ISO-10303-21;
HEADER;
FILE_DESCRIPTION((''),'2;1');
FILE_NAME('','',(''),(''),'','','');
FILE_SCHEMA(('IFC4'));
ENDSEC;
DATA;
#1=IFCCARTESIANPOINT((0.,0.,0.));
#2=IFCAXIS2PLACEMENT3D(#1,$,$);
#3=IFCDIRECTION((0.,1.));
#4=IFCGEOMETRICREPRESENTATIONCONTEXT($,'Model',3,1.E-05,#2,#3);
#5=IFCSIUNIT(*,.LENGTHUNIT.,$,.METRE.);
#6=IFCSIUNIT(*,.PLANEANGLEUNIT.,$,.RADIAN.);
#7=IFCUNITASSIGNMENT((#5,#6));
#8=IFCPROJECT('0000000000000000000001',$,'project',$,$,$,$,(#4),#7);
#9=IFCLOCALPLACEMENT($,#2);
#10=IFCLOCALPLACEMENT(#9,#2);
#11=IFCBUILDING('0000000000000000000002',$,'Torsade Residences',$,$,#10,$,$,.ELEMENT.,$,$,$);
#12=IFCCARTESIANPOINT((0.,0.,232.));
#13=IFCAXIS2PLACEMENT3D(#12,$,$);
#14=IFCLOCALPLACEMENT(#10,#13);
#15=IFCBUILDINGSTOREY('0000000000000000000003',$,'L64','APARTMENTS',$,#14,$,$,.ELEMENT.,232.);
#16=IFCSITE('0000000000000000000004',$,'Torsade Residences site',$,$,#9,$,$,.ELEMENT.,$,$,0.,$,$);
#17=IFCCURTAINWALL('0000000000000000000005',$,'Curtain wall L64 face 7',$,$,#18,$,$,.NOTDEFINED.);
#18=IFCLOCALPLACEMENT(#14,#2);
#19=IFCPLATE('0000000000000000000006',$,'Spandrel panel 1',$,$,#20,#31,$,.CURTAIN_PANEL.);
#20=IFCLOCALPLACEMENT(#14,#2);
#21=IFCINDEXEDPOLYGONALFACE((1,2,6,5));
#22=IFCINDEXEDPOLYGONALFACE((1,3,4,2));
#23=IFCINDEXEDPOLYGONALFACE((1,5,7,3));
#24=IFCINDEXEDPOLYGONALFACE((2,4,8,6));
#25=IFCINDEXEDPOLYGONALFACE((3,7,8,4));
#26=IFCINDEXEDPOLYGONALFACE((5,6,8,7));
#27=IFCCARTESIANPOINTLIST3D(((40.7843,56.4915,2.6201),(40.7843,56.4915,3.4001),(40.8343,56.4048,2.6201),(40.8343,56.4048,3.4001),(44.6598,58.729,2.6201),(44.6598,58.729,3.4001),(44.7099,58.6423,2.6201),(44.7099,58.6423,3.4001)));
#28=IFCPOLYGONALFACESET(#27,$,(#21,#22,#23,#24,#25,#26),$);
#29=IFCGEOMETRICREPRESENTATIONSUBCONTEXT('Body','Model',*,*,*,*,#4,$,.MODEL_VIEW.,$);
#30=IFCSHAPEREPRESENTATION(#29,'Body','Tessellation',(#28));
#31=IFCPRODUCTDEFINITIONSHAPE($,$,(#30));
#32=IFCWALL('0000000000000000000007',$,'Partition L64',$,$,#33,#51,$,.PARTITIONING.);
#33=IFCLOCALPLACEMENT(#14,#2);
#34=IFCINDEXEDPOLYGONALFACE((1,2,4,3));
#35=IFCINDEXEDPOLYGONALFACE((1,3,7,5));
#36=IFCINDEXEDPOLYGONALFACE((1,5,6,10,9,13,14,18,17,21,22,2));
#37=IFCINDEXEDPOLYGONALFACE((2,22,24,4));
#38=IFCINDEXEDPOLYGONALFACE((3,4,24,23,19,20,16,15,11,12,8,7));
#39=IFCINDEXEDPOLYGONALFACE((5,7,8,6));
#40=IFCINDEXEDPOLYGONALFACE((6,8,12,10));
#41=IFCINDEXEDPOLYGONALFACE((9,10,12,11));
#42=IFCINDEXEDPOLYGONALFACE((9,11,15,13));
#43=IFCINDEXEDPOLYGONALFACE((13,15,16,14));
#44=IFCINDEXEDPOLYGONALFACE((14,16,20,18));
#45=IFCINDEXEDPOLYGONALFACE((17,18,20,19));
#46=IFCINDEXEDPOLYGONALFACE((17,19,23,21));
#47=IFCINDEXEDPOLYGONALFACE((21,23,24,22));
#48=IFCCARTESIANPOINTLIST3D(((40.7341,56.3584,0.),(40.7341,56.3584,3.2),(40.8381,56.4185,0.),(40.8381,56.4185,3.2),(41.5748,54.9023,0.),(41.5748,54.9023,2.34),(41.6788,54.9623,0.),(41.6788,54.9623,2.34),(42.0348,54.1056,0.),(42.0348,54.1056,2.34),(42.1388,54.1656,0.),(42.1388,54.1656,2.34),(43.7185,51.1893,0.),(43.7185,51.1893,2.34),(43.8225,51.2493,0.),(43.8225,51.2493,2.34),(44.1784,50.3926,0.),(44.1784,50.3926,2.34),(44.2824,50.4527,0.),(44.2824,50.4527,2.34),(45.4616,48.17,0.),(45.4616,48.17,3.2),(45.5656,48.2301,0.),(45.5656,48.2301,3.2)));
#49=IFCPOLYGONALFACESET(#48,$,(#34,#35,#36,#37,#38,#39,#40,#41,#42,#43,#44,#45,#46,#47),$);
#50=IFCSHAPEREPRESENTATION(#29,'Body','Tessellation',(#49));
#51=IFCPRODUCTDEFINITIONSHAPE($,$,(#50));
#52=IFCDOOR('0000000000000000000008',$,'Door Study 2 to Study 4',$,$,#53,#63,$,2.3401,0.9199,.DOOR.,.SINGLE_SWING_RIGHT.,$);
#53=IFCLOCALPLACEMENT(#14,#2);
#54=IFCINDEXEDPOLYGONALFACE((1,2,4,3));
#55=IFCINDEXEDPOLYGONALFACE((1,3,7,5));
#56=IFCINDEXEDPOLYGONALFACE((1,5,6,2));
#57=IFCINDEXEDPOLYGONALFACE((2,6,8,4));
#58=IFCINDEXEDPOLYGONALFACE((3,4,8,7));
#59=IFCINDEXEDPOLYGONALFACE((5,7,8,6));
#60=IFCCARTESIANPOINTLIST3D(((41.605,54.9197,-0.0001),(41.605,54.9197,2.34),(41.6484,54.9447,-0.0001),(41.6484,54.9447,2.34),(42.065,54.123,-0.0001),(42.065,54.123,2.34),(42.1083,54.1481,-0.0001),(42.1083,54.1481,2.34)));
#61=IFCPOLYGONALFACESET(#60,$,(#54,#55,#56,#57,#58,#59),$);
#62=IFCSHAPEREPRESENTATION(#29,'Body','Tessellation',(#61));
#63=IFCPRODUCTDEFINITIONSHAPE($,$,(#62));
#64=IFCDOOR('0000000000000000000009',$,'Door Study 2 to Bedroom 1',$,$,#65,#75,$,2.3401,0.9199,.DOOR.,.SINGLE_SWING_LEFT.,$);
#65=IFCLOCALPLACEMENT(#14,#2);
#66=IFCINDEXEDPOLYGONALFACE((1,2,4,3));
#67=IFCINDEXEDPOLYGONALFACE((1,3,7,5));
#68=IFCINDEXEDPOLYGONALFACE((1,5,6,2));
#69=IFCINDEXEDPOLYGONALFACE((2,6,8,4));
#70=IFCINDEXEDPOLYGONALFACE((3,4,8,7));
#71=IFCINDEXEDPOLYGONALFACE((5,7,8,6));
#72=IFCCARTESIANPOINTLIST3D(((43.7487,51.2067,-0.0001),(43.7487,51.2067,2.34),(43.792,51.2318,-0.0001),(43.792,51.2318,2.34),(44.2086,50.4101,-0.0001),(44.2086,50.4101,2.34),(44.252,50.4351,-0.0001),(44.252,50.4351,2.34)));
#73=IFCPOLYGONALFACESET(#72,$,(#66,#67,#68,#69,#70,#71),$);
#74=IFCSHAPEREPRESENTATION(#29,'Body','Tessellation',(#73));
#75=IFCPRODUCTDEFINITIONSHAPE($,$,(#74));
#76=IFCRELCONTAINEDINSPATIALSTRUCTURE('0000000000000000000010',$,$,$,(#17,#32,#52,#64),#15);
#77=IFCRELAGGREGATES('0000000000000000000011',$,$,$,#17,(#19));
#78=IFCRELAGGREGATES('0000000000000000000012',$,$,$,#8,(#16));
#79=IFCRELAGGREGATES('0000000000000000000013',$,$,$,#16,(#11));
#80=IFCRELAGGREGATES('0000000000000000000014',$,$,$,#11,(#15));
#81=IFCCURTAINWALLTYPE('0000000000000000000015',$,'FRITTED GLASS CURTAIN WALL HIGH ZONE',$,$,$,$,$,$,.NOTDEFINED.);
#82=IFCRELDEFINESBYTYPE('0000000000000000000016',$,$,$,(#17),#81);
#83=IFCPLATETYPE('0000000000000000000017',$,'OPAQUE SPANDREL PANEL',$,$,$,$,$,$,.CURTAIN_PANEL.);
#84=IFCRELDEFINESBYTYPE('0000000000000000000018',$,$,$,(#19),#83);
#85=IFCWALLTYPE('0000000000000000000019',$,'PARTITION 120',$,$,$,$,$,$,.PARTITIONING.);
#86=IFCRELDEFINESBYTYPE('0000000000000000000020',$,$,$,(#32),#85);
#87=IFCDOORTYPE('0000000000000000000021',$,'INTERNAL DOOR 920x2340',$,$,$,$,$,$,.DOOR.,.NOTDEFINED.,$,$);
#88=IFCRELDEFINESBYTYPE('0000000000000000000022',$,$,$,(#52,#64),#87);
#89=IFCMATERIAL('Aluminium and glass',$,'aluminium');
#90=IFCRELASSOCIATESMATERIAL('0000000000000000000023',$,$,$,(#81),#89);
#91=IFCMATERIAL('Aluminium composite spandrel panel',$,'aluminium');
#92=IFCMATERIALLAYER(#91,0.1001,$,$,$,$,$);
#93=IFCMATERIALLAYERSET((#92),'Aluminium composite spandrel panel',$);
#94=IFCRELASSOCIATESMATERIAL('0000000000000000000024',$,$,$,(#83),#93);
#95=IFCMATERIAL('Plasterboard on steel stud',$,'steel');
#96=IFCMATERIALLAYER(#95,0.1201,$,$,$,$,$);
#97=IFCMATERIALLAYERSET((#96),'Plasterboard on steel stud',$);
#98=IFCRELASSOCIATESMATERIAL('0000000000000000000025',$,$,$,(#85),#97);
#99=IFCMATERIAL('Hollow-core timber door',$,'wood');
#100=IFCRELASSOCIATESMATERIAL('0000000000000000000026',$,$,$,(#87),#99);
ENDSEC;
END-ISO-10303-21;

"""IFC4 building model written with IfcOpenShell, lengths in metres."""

from ifc_helpers import new_model, si_unit, direction, frame, frame_2d, origin, origin_2d, place, context, subcontext, project, spatial, rectangle, extrude, material, layer, layer_set, type_object, element, fill, aggregate, save


model = new_model("IFC4")

# Units and contexts
model_context = context("Model", 3, precision=1e-05, world=origin(), true_north=direction((0.0, 1.0)))
body_context = subcontext(model_context, "Body", "Model", "MODEL_VIEW")
ifc_project = project(units=[si_unit("LENGTHUNIT", "METRE"), si_unit("PLANEANGLEUNIT", "RADIAN")], contexts=[model_context])

# Site, building, storey
site_placement = place(None, origin())
site = spatial("IfcSite", under=ifc_project, at=site_placement, Name="Torsade Residences site", CompositionType="ELEMENT", RefElevation=0.0)
building_placement = place(site_placement, origin())
building = spatial("IfcBuilding", under=site, at=building_placement, Name="Torsade Residences", CompositionType="ELEMENT")
storey_placement = place(building_placement, frame((0.0, 0.0, 232.0)))
storey = spatial("IfcBuildingStorey", under=building, at=storey_placement, Name="L64", Description="APARTMENTS", CompositionType="ELEMENT", Elevation=232.0)

# Curtain wall
ifc_material_1 = material(Name="Aluminium and glass", Category="aluminium")
curtain_wall_type = type_object("IfcCurtainWallType", Name="FRITTED GLASS CURTAIN WALL HIGH ZONE", PredefinedType="NOTDEFINED", material=ifc_material_1)
curtain_wall_placement = place(storey_placement, origin())
curtain_wall = element("IfcCurtainWall", 1, at=curtain_wall_placement, inside=storey, type_object=curtain_wall_type, Name="Curtain wall L64 face 7", PredefinedType="NOTDEFINED")

# Plate
ifc_material_2 = material(Name="Aluminium composite spandrel panel", Category="aluminium")
ifc_layer_1 = layer(ifc_material_2, 0.1001)
ifc_layer_set_1 = layer_set([ifc_layer_1], Name="Aluminium composite spandrel panel")
plate_type_1 = type_object("IfcPlateType", Name="OPAQUE SPANDREL PANEL", PredefinedType="CURTAIN_PANEL", material=ifc_layer_set_1)
plate_1_placement = place(storey_placement, frame((42.7471, 57.5669, 2.6201), z_axis=(0.0, 0.0, 1.0), x_axis=(-0.866025, -0.5, 0.0)))
plate_1 = element("IfcPlate", 2, at=plate_1_placement, type_object=plate_type_1, Name="Spandrel panel 1", PredefinedType="CURTAIN_PANEL", context=body_context, shape_type="SweptSolid", body=[
    extrude(rectangle(XDim=4.4751, YDim=0.1001, at=origin_2d()), origin(), (0.0, 0.0, 1.0), 0.78),
])
aggregate(curtain_wall, [plate_1])

# Wall, openings, doors
ifc_material_3 = material(Name="Plasterboard on steel stud", Category="steel")
ifc_layer_2 = layer(ifc_material_3, 0.1201)
ifc_layer_set_2 = layer_set([ifc_layer_2], Name="Plasterboard on steel stud")
wall_type = type_object("IfcWallType", Name="PARTITION 120", PredefinedType="PARTITIONING", material=ifc_layer_set_2)
wall_placement = place(storey_placement, frame((40.7861, 56.3884, 0.0), z_axis=(0.0, 0.0, 1.0), x_axis=(0.499994, -0.866029, 0.0)))
wall = element("IfcWall", 3, at=wall_placement, inside=storey, type_object=wall_type, Name="Partition L64", PredefinedType="PARTITIONING", context=body_context, shape_type="SweptSolid", body=[
    extrude(rectangle(XDim=9.4551, YDim=0.1201, at=frame_2d((4.7275, 0.0))), origin(), (0.0, 0.0, 1.0), 3.2),
])
opening_1_placement = place(wall_placement, frame((1.6814, 0.0, 0.0)))
opening_1 = element("IfcOpeningElement", 4, at=opening_1_placement, cuts=wall, PredefinedType="OPENING", context=body_context, shape_type="SweptSolid", body=[
    extrude(rectangle(XDim=0.9199, YDim=2.3401, at=frame_2d((0.46, 1.1699))), frame((0.0, 0.0701, 0.0), z_axis=(0.0, -1.0, 0.0), x_axis=(1.0, 0.0, 0.0)), (0.0, 0.0, 1.0), 0.1401),
])
opening_2_placement = place(wall_placement, frame((5.9688, 0.0, 0.0)))
opening_2 = element("IfcOpeningElement", 5, at=opening_2_placement, cuts=wall, PredefinedType="OPENING", context=body_context, shape_type="SweptSolid", body=[
    extrude(rectangle(XDim=0.9199, YDim=2.3401, at=frame_2d((0.46, 1.1699))), frame((0.0, 0.0701, 0.0), z_axis=(0.0, -1.0, 0.0), x_axis=(1.0, 0.0, 0.0)), (0.0, 0.0, 1.0), 0.1401),
])
ifc_material_4 = material(Name="Hollow-core timber door", Category="wood")
door_type = type_object("IfcDoorType", Name="INTERNAL DOOR 920x2340", OperationType="NOTDEFINED", PredefinedType="DOOR", material=ifc_material_4)
door_1_placement = place(opening_1_placement, origin())
door_1 = element("IfcDoor", 6, at=door_1_placement, inside=storey, type_object=door_type, Name="Door Study 2 to Study 4", OperationType="SINGLE_SWING_RIGHT", OverallHeight=2.3401, OverallWidth=0.9199, PredefinedType="DOOR", context=body_context, shape_type="SweptSolid", body=[
    extrude(rectangle(XDim=0.9199, YDim=2.3401, at=frame_2d((0.46, 1.1699))), frame((0.0, 0.0249, 0.0), z_axis=(0.0, -1.0, 0.0), x_axis=(1.0, 0.0, 0.0)), (0.0, 0.0, 1.0), 0.05),
])
fill(opening_1, door_1)
door_2_placement = place(opening_2_placement, origin())
door_2 = element("IfcDoor", 7, at=door_2_placement, inside=storey, type_object=door_type, Name="Door Study 2 to Bedroom 1", OperationType="SINGLE_SWING_LEFT", OverallHeight=2.3401, OverallWidth=0.9199, PredefinedType="DOOR", context=body_context, shape_type="SweptSolid", body=[
    extrude(rectangle(XDim=0.9199, YDim=2.3401, at=frame_2d((0.46, 1.1699))), frame((0.0, 0.0249, 0.0), z_axis=(0.0, -1.0, 0.0), x_axis=(1.0, 0.0, 0.0)), (0.0, 0.0, 1.0), 0.05),
])
fill(opening_2, door_2)

save(model, "model.ifc")
